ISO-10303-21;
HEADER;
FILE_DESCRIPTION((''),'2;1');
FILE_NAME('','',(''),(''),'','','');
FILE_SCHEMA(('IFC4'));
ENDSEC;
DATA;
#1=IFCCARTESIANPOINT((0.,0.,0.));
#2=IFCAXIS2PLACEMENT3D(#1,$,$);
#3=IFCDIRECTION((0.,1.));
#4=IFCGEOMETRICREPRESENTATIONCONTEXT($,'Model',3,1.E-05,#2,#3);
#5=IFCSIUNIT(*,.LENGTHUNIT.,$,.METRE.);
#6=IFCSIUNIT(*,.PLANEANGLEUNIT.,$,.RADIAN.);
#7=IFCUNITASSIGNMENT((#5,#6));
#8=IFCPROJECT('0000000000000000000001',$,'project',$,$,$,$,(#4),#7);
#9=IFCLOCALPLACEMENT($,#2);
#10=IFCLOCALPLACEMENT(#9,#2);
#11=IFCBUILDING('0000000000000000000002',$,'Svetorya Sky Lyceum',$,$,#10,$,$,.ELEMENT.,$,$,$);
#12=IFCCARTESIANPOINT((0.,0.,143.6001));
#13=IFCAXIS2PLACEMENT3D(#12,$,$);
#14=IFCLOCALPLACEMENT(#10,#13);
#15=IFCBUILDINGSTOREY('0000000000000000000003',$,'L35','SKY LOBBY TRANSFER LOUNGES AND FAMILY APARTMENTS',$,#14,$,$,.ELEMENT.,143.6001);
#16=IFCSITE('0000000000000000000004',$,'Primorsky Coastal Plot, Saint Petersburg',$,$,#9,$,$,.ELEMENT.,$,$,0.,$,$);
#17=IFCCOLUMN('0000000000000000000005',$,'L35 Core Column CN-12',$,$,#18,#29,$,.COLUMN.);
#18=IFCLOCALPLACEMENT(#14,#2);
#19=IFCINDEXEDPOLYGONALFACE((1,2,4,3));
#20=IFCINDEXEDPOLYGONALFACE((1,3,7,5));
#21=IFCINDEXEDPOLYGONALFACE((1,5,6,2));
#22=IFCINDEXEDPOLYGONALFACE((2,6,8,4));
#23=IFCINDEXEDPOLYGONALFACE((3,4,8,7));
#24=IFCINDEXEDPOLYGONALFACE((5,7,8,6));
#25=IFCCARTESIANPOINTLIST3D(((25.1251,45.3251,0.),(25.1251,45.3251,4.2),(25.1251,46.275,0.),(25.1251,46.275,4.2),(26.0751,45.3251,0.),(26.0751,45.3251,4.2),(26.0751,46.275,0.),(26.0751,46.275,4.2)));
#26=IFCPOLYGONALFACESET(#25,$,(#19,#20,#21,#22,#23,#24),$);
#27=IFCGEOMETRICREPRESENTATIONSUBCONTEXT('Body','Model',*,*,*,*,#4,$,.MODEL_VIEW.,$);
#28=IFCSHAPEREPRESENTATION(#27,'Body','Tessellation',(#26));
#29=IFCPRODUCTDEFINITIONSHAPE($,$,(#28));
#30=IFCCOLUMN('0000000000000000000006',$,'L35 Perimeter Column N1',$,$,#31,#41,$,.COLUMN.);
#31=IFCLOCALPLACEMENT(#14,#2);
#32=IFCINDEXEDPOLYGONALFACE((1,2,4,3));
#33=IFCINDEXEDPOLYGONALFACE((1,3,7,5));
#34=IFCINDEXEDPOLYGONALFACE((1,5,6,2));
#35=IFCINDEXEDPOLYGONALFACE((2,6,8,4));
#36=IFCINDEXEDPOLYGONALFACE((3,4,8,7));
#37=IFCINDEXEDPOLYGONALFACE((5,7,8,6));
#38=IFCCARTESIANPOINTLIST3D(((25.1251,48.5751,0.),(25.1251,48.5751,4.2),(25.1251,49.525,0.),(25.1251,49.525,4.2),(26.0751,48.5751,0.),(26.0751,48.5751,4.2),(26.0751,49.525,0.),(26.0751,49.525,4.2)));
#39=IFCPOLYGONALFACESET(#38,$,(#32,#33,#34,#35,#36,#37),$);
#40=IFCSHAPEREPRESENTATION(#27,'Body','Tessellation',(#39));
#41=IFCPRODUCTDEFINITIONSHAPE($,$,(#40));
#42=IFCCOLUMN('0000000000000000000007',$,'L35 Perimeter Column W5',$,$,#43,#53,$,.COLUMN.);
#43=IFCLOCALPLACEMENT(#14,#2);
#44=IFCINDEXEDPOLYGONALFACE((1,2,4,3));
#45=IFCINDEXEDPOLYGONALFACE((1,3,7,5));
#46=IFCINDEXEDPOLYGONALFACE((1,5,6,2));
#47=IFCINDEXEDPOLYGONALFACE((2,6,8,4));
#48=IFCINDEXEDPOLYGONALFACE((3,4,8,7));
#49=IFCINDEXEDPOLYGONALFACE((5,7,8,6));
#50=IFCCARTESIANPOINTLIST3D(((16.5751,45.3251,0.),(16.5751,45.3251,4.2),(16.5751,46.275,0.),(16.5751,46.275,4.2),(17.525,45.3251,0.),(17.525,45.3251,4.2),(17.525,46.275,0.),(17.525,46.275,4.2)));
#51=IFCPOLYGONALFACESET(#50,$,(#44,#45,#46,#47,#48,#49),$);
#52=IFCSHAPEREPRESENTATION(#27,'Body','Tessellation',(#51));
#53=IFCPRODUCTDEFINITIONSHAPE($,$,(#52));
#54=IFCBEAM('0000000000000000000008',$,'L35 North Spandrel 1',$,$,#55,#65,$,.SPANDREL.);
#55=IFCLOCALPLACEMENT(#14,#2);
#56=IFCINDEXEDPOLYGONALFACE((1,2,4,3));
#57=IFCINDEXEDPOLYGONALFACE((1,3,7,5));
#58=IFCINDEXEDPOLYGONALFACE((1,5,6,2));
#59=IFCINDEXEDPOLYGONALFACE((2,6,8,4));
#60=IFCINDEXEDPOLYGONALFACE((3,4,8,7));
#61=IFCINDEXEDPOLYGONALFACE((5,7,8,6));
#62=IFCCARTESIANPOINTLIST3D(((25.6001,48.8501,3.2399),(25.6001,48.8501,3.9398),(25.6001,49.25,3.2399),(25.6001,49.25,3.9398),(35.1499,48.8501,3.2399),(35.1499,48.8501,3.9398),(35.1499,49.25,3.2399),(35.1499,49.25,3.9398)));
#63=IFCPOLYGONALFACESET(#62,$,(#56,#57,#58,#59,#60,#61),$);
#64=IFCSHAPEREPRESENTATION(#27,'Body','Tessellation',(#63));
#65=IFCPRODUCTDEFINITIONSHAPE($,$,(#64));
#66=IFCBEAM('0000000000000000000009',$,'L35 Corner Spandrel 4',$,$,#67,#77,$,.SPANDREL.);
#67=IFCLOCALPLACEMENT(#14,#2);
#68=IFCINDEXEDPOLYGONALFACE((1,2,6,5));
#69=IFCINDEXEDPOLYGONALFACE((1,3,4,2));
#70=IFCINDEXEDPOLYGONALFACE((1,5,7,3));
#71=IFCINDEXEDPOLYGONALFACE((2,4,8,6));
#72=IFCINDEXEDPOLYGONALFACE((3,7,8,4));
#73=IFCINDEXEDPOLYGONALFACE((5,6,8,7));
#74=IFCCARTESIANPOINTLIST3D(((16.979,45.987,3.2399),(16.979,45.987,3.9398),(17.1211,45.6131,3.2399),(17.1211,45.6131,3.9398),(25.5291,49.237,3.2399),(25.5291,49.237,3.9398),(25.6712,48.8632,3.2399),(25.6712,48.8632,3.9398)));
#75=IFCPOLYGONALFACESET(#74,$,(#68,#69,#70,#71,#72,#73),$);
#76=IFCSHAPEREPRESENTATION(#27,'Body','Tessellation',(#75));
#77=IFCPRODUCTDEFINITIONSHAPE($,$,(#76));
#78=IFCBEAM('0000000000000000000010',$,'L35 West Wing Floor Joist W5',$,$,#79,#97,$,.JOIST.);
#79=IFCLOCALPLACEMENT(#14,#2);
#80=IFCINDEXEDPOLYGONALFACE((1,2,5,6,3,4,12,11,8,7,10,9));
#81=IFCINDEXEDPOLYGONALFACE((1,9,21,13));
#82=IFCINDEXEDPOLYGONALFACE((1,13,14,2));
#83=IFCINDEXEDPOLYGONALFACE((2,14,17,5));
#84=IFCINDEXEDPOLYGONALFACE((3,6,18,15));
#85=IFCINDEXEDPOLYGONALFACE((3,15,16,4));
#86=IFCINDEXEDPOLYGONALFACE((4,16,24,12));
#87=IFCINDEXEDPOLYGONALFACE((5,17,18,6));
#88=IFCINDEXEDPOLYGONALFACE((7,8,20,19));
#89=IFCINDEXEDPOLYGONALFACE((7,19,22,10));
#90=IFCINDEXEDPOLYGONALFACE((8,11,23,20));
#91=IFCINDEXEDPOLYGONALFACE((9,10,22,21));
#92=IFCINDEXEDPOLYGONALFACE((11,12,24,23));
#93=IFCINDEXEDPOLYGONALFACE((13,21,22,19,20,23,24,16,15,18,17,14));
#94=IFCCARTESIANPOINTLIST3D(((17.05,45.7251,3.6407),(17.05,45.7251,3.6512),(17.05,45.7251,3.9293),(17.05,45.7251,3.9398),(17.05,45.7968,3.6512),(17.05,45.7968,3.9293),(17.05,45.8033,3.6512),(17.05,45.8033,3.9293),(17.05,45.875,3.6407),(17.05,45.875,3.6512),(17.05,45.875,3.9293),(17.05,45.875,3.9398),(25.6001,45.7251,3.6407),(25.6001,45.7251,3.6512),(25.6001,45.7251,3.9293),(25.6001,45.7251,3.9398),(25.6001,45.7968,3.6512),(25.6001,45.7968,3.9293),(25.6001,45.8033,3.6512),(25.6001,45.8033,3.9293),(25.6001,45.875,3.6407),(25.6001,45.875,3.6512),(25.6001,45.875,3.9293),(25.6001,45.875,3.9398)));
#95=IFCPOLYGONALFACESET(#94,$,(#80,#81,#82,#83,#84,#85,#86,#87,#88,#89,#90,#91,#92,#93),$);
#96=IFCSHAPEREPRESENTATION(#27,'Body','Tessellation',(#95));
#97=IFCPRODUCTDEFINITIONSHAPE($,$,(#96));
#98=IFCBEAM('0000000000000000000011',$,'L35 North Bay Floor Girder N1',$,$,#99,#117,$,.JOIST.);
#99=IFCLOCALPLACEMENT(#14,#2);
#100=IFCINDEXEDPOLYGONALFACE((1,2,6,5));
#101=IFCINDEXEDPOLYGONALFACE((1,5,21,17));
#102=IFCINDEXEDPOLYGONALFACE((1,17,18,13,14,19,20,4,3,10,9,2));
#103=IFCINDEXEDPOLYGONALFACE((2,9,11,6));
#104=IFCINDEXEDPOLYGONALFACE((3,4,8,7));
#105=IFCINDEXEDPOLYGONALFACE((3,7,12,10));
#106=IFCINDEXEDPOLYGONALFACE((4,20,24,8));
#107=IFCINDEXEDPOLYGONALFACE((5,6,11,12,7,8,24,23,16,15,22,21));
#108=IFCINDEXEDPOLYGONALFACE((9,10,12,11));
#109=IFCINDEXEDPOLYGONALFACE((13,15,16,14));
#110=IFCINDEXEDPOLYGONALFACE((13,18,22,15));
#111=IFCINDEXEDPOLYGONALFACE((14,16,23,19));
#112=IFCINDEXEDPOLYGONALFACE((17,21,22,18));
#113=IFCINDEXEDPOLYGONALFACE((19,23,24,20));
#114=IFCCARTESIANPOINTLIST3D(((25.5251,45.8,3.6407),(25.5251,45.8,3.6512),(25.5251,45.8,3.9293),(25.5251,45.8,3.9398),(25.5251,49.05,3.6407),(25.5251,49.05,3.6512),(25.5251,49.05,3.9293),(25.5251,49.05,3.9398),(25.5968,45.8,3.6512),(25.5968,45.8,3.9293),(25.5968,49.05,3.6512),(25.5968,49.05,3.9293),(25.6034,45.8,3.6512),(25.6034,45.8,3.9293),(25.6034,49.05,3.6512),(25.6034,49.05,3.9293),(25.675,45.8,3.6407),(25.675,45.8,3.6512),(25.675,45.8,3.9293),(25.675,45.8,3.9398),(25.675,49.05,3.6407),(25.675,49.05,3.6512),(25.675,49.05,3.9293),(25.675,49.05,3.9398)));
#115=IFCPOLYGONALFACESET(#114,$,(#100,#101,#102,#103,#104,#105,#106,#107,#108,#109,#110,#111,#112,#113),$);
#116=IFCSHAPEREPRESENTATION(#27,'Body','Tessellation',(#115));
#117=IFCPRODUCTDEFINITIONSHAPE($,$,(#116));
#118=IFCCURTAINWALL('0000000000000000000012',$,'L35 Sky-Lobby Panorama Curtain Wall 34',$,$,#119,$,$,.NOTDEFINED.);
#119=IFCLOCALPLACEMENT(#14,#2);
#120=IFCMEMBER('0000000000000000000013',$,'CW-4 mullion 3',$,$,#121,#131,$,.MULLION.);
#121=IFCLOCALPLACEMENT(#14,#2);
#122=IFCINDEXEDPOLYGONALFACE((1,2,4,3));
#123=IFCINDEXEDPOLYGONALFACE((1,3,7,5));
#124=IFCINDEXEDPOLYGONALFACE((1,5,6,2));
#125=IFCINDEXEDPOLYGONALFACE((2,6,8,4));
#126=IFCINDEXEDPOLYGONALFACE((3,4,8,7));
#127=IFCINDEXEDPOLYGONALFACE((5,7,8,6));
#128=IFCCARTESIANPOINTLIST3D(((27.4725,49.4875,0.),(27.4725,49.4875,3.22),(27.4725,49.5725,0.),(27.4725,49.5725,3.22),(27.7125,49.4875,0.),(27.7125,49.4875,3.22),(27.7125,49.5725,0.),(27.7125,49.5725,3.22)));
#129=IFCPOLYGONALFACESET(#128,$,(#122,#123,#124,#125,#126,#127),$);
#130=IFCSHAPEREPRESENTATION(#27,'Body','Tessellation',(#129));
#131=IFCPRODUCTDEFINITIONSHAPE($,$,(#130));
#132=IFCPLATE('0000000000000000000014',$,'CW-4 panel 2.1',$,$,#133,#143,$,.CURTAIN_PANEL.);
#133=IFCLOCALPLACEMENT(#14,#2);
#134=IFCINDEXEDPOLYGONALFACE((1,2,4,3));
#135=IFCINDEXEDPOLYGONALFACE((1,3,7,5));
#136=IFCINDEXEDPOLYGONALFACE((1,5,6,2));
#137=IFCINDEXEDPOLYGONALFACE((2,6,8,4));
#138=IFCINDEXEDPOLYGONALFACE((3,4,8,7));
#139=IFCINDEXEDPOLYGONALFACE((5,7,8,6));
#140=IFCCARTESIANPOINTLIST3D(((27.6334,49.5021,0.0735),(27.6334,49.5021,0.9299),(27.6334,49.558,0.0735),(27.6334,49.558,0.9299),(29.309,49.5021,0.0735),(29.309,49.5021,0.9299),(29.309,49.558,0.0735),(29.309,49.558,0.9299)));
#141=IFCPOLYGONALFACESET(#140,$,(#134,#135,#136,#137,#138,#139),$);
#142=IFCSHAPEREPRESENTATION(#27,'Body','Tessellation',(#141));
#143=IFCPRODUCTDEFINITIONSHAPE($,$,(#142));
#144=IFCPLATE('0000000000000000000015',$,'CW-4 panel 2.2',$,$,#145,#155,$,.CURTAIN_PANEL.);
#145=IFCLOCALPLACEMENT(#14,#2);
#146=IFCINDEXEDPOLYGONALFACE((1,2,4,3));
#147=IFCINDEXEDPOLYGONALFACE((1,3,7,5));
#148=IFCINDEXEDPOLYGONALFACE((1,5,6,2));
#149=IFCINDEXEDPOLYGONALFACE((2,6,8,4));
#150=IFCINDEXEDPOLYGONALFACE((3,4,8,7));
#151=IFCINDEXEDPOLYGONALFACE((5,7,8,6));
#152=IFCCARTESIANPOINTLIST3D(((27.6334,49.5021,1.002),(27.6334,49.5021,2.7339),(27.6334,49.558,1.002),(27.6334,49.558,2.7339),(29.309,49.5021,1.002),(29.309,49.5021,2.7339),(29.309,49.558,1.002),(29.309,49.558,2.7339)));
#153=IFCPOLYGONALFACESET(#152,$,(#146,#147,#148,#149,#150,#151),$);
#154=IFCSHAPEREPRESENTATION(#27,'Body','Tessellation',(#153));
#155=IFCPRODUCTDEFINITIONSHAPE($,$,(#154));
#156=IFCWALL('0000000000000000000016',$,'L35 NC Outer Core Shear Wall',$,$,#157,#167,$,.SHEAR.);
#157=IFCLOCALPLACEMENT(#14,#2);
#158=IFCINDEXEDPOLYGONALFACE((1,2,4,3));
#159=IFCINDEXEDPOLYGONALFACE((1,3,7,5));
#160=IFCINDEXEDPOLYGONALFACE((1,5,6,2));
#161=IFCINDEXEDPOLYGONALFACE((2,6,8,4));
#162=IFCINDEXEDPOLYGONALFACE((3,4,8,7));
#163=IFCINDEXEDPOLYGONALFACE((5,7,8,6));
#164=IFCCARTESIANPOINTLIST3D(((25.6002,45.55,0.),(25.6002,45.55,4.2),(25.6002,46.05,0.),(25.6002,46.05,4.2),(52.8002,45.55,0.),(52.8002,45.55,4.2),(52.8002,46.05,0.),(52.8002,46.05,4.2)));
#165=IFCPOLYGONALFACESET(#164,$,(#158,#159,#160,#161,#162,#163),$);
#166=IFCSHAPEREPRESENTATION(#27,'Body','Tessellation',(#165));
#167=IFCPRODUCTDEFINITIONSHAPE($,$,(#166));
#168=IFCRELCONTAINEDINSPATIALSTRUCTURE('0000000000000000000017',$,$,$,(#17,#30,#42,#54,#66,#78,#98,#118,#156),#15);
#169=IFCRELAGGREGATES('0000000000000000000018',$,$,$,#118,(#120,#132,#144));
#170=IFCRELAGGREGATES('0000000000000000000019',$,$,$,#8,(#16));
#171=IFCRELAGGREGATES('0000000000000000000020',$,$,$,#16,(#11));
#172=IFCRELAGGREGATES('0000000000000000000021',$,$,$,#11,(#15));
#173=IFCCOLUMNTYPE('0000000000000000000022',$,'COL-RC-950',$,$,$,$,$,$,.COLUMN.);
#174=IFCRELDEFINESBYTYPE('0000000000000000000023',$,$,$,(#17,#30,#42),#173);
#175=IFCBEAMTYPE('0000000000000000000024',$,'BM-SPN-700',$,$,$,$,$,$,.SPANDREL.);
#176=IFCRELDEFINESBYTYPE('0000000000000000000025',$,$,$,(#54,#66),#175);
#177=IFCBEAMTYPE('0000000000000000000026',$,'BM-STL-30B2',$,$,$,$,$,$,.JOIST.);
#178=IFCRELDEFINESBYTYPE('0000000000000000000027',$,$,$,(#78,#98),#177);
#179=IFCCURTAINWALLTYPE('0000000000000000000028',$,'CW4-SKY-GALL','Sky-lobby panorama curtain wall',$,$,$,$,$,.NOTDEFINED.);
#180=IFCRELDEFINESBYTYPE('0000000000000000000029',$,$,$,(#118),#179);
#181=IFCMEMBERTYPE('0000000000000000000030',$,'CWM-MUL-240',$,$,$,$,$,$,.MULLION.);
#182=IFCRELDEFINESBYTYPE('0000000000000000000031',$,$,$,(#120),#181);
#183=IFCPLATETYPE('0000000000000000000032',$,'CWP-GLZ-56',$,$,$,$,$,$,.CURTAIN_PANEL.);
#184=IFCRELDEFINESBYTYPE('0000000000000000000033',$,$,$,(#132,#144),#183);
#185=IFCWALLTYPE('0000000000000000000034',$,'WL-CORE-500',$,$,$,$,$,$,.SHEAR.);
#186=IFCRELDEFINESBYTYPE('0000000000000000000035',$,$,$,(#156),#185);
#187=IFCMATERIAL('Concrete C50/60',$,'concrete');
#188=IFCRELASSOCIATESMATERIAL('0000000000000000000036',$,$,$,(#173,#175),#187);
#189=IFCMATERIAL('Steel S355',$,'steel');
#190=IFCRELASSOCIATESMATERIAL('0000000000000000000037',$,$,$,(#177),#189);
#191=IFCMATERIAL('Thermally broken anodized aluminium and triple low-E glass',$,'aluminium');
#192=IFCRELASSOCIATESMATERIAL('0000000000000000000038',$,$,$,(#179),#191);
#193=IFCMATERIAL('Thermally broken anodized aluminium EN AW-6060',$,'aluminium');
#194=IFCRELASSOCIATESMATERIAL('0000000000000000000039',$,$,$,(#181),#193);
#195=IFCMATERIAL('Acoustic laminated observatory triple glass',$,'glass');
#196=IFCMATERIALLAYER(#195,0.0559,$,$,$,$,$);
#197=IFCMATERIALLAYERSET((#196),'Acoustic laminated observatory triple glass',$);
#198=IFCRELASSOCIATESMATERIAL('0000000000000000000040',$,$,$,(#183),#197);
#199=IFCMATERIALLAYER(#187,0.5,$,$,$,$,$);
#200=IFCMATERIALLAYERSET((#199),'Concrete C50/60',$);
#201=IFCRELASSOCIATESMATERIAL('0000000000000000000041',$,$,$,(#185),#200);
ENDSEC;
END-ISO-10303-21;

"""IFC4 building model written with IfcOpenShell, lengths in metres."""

from ifc_helpers import new_model, si_unit, direction, frame, frame_2d, origin, origin_2d, place, context, subcontext, project, spatial, rectangle, i_section, extrude, material, layer, layer_set, material_profile, profile_set, type_object, element, aggregate, save


model = new_model("IFC4")

# Units and contexts
model_context = context("Model", 3, precision=1e-05, world=origin(), true_north=direction((0.0, 1.0)))
body_context = subcontext(model_context, "Body", "Model", "MODEL_VIEW")
ifc_project = project(units=[si_unit("LENGTHUNIT", "METRE"), si_unit("PLANEANGLEUNIT", "RADIAN")], contexts=[model_context])

# Site, building, storey
site_placement = place(None, origin())
site = spatial("IfcSite", under=ifc_project, at=site_placement, Name="Primorsky Coastal Plot, Saint Petersburg", CompositionType="ELEMENT", RefElevation=0.0)
building_placement = place(site_placement, origin())
building = spatial("IfcBuilding", under=site, at=building_placement, Name="Svetorya Sky Lyceum", CompositionType="ELEMENT")
storey_placement = place(building_placement, frame((0.0, 0.0, 143.6001)))
storey = spatial("IfcBuildingStorey", under=building, at=storey_placement, Name="L35", Description="SKY LOBBY TRANSFER LOUNGES AND FAMILY APARTMENTS", CompositionType="ELEMENT", Elevation=143.6001)

# Columns
ifc_material_1 = material(Name="Concrete C50/60", Category="concrete")
ifc_material_profile_1 = material_profile(ifc_material_1, rectangle(XDim=0.95, YDim=0.95, at=origin_2d()), Name="RC COL 950x950")
ifc_profile_set_1 = profile_set([ifc_material_profile_1], Name="Concrete C50/60")
column_type = type_object("IfcColumnType", Name="COL-RC-950", PredefinedType="COLUMN", material=ifc_profile_set_1)
for number, where, z_axis, x_axis, name in (
    (1, (25.6001, 45.8, 0.0), (0.0, 0.0, 1.0), (1.0, 0.0, 0.0), "L35 Core Column CN-12"),
    (2, (25.6001, 49.05, 0.0), (0.0, 0.0, 1.0), (1.0, 0.0, 0.0), "L35 Perimeter Column N1"),
    (3, (17.05, 45.8, 0.0), (0.0, 0.0, 1.0), (1.0, 0.0, 0.0), "L35 Perimeter Column W5"),
):
    element("IfcColumn", number, at=place(storey_placement, frame(where, z_axis=z_axis, x_axis=x_axis)), inside=storey, type_object=column_type, Name=name, PredefinedType="COLUMN", context=body_context, shape_type="SweptSolid", body=[
        extrude(rectangle(XDim=0.95, YDim=0.95, at=origin_2d()), origin(), (0.0, 0.0, 1.0), 4.2),
    ])

# Beams
ifc_material_profile_2 = material_profile(ifc_material_1, rectangle(XDim=0.3999, YDim=0.7, at=origin_2d()), Name="RC SPANDREL 400x700")
ifc_profile_set_2 = profile_set([ifc_material_profile_2], Name="Concrete C50/60")
beam_type_1 = type_object("IfcBeamType", Name="BM-SPN-700", PredefinedType="SPANDREL", material=ifc_profile_set_2)
beam_1_placement = place(storey_placement, frame((25.6001, 49.05, 3.5898), z_axis=(1.0, 0.0, 0.0), x_axis=(0.0, 1.0, 0.0)))
element("IfcBeam", 4, at=beam_1_placement, inside=storey, type_object=beam_type_1, Name="L35 North Spandrel 1", PredefinedType="SPANDREL", context=body_context, shape_type="SweptSolid", body=[
    extrude(rectangle(XDim=0.3999, YDim=0.7, at=origin_2d()), origin(), (0.0, 0.0, 1.0), 9.5498),
])
beam_2_placement = place(storey_placement, frame((17.05, 45.8, 3.5898), z_axis=(0.934748, 0.355312, 0.0), x_axis=(-0.355312, 0.934748, 0.0)))
element("IfcBeam", 5, at=beam_2_placement, inside=storey, type_object=beam_type_1, Name="L35 Corner Spandrel 4", PredefinedType="SPANDREL", context=body_context, shape_type="SweptSolid", body=[
    extrude(rectangle(XDim=0.3999, YDim=0.7, at=origin_2d()), origin(), (0.0, 0.0, 1.0), 9.147),
])
ifc_material_2 = material(Name="Steel S355", Category="steel")
ifc_material_profile_3 = material_profile(ifc_material_2, i_section(OverallWidth=0.1499, OverallDepth=0.2991, WebThickness=0.0066, FlangeThickness=0.0105, at=origin_2d()), Name="GOST 30B2")
ifc_profile_set_3 = profile_set([ifc_material_profile_3], Name="Steel S355")
beam_type_2 = type_object("IfcBeamType", Name="BM-STL-30B2", PredefinedType="JOIST", material=ifc_profile_set_3)
beam_3_placement = place(storey_placement, frame((17.05, 45.8, 3.7903), z_axis=(1.0, 0.0, 0.0), x_axis=(0.0, 1.0, 0.0)))
element("IfcBeam", 6, at=beam_3_placement, inside=storey, type_object=beam_type_2, Name="L35 West Wing Floor Joist W5", PredefinedType="JOIST", context=body_context, shape_type="SweptSolid", body=[
    extrude(i_section(OverallWidth=0.1499, OverallDepth=0.2991, WebThickness=0.0066, FlangeThickness=0.0105, at=origin_2d()), origin(), (0.0, 0.0, 1.0), 8.55),
])
beam_4_placement = place(storey_placement, frame((25.6001, 45.8, 3.7903), z_axis=(0.0, 1.0, 0.0), x_axis=(-1.0, 0.0, 0.0)))
element("IfcBeam", 7, at=beam_4_placement, inside=storey, type_object=beam_type_2, Name="L35 North Bay Floor Girder N1", PredefinedType="JOIST", context=body_context, shape_type="SweptSolid", body=[
    extrude(i_section(OverallWidth=0.1499, OverallDepth=0.2991, WebThickness=0.0066, FlangeThickness=0.0105, at=origin_2d()), origin(), (0.0, 0.0, 1.0), 3.25),
])

# Curtain wall, member, plates
ifc_material_3 = material(Name="Thermally broken anodized aluminium and triple low-E glass", Category="aluminium")
curtain_wall_type = type_object("IfcCurtainWallType", Name="CW4-SKY-GALL", Description="Sky-lobby panorama curtain wall", PredefinedType="NOTDEFINED", material=ifc_material_3)
curtain_wall_placement = place(storey_placement, origin())
curtain_wall = element("IfcCurtainWall", 8, at=curtain_wall_placement, inside=storey, type_object=curtain_wall_type, Name="L35 Sky-Lobby Panorama Curtain Wall 34", PredefinedType="NOTDEFINED")
ifc_material_4 = material(Name="Thermally broken anodized aluminium EN AW-6060", Category="aluminium")
ifc_material_profile_4 = material_profile(ifc_material_4, rectangle(XDim=0.085, YDim=0.24, at=origin_2d()), Name="ALU MULLION 85x240")
ifc_profile_set_4 = profile_set([ifc_material_profile_4], Name="Thermally broken anodized aluminium EN AW-6060")
member_type = type_object("IfcMemberType", Name="CWM-MUL-240", PredefinedType="MULLION", material=ifc_profile_set_4)
member_placement = place(storey_placement, frame((27.5925, 49.53, 0.0), z_axis=(0.0, 0.0, 1.0), x_axis=(0.0, -1.0, 0.0)))
member = element("IfcMember", 9, at=member_placement, type_object=member_type, Name="CW-4 mullion 3", PredefinedType="MULLION", context=body_context, shape_type="SweptSolid", body=[
    extrude(rectangle(XDim=0.085, YDim=0.24, at=origin_2d()), origin(), (0.0, 0.0, 1.0), 3.22),
])
ifc_material_5 = material(Name="Acoustic laminated observatory triple glass", Category="glass")
ifc_layer_1 = layer(ifc_material_5, 0.0559)
ifc_layer_set_1 = layer_set([ifc_layer_1], Name="Acoustic laminated observatory triple glass")
plate_type = type_object("IfcPlateType", Name="CWP-GLZ-56", PredefinedType="CURTAIN_PANEL", material=ifc_layer_set_1)
plate_1_placement = place(storey_placement, frame((28.4712, 49.53, 0.0735), z_axis=(0.0, 0.0, 1.0), x_axis=(-1.0, 0.0, 0.0)))
plate_1 = element("IfcPlate", 10, at=plate_1_placement, type_object=plate_type, Name="CW-4 panel 2.1", PredefinedType="CURTAIN_PANEL", context=body_context, shape_type="SweptSolid", body=[
    extrude(rectangle(XDim=1.6755, YDim=0.0559, at=origin_2d()), origin(), (0.0, 0.0, 1.0), 0.8564),
])
plate_2_placement = place(storey_placement, frame((28.4712, 49.53, 1.002), z_axis=(0.0, 0.0, 1.0), x_axis=(-1.0, 0.0, 0.0)))
plate_2 = element("IfcPlate", 11, at=plate_2_placement, type_object=plate_type, Name="CW-4 panel 2.2", PredefinedType="CURTAIN_PANEL", context=body_context, shape_type="SweptSolid", body=[
    extrude(rectangle(XDim=1.6755, YDim=0.0559, at=origin_2d()), origin(), (0.0, 0.0, 1.0), 1.7319),
])
aggregate(curtain_wall, [member, plate_1, plate_2])

# Wall
ifc_layer_2 = layer(ifc_material_1, 0.5)
ifc_layer_set_2 = layer_set([ifc_layer_2], Name="Concrete C50/60")
wall_type_1 = type_object("IfcWallType", Name="WL-CORE-500", PredefinedType="SHEAR", material=ifc_layer_set_2)
wall_1_placement = place(storey_placement, frame((25.6001, 45.8, 0.0), z_axis=(0.0, 0.0, 1.0), x_axis=(1.0, 0.0, 0.0)))
element("IfcWall", 12, at=wall_1_placement, inside=storey, type_object=wall_type_1, Name="L35 NC Outer Core Shear Wall", PredefinedType="SHEAR", context=body_context, shape_type="SweptSolid", body=[
    extrude(rectangle(XDim=27.2, YDim=0.5, at=frame_2d((13.6001, 0.0))), origin(), (0.0, 0.0, 1.0), 4.2),
])

save(model, "model.ifc")
